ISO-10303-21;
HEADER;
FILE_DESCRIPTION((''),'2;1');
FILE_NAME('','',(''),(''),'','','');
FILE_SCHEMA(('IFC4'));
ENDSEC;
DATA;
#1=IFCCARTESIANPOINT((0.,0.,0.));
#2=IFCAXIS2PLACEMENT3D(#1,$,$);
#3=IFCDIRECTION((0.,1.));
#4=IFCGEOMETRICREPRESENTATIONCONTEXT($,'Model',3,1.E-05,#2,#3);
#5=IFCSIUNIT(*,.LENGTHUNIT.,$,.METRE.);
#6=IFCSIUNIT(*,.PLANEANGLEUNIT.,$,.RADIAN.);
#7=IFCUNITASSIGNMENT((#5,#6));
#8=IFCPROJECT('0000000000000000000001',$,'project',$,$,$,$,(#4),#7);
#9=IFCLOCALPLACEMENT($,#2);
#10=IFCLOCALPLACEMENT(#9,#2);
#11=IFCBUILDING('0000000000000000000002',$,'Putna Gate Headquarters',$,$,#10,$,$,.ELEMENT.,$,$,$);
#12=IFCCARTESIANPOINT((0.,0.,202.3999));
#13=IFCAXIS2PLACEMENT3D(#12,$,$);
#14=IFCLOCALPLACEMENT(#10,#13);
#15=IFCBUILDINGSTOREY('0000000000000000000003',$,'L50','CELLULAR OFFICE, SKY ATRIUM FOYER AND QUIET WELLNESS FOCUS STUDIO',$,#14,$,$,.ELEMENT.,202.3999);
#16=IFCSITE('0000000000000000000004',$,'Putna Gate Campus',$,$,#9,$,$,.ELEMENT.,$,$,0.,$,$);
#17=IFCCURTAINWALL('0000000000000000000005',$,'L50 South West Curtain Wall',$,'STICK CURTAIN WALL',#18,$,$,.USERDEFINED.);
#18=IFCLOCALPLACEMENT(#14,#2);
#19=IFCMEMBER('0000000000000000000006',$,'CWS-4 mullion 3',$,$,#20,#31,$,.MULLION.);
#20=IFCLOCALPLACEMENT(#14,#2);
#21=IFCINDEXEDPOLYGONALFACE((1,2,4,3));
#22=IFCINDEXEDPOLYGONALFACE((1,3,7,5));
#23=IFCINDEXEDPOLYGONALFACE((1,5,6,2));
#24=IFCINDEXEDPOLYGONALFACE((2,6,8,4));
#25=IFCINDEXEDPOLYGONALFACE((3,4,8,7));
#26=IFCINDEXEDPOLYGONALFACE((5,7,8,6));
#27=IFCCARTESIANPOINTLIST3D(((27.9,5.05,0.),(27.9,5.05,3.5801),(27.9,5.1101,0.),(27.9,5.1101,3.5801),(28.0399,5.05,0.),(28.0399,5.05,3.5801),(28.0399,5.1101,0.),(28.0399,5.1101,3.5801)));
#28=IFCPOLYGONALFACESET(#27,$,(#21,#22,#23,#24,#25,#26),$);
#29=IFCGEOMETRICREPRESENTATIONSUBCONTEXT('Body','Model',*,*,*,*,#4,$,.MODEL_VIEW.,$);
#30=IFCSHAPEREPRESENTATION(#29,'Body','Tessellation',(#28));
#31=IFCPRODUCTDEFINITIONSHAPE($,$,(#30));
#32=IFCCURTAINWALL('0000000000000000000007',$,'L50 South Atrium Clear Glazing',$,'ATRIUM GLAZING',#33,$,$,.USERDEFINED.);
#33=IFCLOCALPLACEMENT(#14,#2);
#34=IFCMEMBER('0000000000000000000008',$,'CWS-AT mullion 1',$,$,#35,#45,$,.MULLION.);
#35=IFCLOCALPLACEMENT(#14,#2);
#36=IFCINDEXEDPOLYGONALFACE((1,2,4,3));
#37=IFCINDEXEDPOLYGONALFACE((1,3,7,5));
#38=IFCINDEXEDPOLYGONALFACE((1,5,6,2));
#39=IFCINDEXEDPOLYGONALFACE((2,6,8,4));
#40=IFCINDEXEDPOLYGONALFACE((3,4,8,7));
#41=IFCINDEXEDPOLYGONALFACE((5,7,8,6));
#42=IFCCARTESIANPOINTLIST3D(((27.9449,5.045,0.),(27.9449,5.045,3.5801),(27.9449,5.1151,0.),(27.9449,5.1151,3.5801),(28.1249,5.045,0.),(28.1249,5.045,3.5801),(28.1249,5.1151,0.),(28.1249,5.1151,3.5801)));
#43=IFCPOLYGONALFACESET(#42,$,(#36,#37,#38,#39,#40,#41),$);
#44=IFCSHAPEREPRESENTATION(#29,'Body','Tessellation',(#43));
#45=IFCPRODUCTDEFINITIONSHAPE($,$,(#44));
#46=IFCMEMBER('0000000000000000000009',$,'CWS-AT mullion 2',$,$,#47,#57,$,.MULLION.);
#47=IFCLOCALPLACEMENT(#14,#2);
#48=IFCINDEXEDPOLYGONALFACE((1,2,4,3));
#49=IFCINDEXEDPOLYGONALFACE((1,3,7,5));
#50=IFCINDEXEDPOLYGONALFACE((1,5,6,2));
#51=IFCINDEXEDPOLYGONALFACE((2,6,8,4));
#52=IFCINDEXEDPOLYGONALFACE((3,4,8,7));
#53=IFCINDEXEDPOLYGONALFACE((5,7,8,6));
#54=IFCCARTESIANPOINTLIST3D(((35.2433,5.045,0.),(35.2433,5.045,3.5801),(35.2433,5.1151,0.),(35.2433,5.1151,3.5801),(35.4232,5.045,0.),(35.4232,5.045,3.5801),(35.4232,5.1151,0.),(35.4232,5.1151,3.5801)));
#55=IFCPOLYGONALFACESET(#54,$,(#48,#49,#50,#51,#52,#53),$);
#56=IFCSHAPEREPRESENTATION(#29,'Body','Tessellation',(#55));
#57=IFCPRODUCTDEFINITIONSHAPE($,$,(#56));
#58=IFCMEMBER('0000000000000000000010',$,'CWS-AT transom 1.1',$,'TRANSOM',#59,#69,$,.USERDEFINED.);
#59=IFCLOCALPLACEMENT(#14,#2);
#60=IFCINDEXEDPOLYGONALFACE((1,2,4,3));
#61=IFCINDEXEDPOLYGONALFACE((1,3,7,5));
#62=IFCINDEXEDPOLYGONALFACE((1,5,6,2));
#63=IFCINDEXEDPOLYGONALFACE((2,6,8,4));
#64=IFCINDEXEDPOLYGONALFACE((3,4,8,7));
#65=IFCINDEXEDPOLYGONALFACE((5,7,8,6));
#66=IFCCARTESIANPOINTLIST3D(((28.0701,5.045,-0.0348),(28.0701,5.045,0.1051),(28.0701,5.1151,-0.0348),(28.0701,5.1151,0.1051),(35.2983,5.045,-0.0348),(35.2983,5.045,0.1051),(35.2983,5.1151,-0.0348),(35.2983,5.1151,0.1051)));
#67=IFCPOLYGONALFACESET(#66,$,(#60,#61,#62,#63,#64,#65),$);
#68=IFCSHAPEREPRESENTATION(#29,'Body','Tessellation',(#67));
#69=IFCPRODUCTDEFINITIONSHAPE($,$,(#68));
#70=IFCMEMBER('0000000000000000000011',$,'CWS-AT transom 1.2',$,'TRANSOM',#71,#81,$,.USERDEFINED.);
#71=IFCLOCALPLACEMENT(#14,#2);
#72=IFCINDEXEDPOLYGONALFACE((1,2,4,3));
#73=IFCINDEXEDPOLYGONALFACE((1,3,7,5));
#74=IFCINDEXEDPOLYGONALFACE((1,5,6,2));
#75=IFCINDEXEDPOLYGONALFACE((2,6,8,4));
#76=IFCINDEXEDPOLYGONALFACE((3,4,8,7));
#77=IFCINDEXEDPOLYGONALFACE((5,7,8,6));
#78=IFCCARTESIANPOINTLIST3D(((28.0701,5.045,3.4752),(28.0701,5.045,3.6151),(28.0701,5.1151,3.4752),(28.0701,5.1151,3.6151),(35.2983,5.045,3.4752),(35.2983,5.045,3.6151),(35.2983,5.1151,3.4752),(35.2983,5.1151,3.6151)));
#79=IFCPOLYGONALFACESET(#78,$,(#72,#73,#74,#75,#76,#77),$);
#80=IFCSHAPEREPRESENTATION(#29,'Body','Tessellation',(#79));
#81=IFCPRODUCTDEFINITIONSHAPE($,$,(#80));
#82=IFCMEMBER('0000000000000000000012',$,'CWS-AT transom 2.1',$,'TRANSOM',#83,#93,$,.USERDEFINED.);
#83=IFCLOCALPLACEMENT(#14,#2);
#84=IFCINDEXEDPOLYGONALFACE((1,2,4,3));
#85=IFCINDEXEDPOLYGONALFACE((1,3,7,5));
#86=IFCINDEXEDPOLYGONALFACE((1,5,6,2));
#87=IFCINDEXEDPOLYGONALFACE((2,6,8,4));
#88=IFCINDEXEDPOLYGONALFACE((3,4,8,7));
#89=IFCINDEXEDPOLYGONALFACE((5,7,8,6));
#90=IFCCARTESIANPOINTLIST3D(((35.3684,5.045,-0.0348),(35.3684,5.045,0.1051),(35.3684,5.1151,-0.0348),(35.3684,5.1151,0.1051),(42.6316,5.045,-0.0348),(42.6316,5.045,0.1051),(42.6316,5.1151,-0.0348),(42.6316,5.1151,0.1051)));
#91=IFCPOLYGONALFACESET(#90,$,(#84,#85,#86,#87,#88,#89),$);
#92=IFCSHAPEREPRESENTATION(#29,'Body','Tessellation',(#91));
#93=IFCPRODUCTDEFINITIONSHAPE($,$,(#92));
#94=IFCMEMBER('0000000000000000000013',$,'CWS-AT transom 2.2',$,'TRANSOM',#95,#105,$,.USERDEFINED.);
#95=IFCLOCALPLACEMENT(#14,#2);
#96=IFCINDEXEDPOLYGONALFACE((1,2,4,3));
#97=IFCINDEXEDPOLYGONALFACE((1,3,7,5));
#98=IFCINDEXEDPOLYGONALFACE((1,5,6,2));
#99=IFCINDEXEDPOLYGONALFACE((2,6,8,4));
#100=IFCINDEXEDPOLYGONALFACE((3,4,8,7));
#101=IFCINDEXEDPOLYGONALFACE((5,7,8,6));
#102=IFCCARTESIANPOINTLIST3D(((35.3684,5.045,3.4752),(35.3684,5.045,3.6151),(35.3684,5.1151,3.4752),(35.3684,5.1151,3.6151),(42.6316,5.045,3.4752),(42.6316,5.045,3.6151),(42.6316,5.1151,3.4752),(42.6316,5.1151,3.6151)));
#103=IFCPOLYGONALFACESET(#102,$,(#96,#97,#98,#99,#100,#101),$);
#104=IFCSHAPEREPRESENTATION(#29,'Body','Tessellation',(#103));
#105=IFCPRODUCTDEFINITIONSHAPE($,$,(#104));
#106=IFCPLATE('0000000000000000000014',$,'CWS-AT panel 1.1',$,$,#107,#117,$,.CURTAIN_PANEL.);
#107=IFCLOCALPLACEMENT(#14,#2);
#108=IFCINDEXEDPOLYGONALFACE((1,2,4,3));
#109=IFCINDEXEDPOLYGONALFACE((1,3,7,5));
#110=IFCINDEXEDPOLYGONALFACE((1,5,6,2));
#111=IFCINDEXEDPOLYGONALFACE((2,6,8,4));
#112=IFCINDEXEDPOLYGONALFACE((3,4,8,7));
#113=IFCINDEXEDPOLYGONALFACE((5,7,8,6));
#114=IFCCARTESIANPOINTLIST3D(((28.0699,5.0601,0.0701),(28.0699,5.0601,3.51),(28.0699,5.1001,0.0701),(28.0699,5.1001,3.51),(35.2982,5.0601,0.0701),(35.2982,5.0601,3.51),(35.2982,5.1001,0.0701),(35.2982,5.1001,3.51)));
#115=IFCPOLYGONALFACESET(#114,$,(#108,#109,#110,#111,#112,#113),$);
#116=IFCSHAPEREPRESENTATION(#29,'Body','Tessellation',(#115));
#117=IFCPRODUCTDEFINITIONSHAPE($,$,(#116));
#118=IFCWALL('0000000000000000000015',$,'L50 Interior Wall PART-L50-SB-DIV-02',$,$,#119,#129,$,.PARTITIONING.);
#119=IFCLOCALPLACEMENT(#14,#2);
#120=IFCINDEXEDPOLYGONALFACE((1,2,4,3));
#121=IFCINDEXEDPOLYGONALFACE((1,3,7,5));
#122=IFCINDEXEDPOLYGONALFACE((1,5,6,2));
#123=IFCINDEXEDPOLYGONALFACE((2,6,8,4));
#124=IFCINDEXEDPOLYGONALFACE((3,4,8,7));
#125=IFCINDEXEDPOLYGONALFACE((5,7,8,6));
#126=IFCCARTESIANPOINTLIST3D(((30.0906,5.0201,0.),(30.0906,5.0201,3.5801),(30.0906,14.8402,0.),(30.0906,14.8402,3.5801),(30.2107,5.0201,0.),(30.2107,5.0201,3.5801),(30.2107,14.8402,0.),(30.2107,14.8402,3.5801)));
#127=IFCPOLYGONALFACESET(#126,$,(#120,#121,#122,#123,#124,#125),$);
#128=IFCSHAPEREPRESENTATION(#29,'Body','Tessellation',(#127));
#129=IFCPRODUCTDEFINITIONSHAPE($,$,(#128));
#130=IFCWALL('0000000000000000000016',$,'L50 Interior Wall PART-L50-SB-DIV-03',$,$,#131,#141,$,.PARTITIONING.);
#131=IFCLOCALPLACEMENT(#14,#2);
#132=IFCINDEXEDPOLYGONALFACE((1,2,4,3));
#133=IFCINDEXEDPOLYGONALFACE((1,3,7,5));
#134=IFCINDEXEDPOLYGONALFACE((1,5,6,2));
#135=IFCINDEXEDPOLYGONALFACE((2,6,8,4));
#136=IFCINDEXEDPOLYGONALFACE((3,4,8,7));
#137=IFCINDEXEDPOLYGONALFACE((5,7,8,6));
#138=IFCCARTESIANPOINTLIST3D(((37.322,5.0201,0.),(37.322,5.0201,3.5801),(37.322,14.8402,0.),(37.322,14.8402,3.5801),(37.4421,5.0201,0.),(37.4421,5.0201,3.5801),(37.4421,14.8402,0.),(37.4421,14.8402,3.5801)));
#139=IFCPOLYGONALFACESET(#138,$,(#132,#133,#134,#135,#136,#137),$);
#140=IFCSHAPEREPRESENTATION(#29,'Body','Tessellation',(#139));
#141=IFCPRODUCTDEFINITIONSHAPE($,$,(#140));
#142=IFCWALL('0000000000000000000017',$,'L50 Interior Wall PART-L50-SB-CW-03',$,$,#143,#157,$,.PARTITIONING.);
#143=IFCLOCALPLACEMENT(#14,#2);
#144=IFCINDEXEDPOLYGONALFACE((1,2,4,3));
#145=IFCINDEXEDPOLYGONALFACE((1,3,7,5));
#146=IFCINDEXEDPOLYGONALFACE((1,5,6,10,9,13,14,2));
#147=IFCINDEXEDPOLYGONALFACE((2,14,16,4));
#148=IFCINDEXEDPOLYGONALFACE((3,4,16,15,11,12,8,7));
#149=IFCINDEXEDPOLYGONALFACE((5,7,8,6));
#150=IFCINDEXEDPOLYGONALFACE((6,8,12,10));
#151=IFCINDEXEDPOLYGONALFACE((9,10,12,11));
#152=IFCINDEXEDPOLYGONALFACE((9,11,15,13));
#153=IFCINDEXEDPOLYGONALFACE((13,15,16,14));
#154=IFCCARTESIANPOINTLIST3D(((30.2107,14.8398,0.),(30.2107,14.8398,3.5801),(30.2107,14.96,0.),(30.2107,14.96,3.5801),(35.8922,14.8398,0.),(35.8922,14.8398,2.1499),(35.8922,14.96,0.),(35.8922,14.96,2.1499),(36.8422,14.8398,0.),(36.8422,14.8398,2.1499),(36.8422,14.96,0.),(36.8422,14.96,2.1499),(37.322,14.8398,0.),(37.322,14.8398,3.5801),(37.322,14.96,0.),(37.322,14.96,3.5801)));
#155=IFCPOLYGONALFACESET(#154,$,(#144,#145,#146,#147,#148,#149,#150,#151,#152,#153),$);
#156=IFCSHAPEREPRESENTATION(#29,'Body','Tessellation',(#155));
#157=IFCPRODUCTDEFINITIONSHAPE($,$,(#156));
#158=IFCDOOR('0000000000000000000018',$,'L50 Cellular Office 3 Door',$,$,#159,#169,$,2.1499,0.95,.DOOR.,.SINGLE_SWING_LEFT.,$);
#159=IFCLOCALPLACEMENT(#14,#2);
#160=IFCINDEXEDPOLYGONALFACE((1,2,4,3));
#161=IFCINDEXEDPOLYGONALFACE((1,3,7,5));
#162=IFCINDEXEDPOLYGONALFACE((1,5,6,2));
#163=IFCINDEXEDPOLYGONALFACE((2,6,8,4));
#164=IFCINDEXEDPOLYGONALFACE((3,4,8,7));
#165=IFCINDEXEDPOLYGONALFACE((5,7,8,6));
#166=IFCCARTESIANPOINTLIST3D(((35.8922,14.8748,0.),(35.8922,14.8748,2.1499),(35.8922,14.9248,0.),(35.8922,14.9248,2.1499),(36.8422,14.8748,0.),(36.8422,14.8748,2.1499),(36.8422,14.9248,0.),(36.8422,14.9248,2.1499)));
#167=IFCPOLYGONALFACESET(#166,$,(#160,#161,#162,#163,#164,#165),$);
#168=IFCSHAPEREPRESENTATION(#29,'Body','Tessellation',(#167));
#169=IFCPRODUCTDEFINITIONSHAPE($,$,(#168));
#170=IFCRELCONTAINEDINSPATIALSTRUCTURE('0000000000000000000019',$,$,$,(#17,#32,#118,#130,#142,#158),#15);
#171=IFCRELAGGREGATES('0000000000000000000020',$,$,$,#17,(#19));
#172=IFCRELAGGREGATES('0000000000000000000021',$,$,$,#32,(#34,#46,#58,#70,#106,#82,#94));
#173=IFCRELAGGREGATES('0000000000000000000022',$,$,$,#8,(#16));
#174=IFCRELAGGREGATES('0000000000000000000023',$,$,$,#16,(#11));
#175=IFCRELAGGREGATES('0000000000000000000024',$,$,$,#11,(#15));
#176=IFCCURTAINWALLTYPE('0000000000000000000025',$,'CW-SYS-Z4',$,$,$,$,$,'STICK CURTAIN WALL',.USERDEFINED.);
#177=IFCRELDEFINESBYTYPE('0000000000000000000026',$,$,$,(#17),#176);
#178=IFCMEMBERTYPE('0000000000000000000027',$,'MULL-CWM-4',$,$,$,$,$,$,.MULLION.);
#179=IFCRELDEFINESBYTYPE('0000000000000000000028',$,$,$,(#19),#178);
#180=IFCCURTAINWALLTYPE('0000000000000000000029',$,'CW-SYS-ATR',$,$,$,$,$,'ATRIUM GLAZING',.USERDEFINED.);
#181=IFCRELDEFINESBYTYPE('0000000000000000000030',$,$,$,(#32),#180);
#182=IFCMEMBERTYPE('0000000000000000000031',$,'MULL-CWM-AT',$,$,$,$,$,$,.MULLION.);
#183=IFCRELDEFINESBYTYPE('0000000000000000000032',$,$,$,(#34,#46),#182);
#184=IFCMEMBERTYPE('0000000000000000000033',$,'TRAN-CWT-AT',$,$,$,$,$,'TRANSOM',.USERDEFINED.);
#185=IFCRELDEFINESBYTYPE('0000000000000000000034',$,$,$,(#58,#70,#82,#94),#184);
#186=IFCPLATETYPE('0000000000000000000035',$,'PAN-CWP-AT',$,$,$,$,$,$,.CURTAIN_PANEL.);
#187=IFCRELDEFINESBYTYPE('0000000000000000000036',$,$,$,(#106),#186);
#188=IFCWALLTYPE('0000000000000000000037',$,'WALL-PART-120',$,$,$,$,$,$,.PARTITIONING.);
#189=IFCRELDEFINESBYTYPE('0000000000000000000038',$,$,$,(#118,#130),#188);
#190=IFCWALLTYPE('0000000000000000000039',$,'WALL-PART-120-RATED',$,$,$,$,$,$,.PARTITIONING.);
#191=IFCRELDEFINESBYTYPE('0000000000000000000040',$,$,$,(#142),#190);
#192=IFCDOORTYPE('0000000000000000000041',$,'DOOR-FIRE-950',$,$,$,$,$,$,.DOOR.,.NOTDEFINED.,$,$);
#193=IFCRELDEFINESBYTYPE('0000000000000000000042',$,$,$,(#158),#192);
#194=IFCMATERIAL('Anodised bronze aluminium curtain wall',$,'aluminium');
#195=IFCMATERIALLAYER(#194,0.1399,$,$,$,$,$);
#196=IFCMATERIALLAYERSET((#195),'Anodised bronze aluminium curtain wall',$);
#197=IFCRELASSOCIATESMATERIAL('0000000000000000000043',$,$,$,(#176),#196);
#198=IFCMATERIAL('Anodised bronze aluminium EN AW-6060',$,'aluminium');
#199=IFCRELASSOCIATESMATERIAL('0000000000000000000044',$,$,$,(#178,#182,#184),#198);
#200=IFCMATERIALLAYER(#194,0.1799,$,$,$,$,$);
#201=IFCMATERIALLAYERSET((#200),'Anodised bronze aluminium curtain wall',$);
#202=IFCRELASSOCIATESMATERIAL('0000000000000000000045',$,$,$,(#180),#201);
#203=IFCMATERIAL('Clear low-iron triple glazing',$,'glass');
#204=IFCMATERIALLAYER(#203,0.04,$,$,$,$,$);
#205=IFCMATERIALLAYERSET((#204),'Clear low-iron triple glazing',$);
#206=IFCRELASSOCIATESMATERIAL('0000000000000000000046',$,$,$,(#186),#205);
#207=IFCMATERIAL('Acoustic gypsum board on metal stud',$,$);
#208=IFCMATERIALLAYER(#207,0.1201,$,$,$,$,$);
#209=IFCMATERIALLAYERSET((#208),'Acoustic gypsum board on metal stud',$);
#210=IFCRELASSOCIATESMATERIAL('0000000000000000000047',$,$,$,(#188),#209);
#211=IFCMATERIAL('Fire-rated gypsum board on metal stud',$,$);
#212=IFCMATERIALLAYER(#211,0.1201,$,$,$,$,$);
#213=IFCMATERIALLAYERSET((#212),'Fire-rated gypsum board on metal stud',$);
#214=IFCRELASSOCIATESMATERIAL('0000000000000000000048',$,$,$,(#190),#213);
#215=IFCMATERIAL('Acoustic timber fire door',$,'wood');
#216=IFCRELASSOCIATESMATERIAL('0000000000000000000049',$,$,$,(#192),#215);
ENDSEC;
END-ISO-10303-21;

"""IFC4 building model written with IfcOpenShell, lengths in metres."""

from ifc_helpers import new_model, si_unit, direction, frame, frame_2d, origin, origin_2d, place, context, subcontext, project, spatial, rectangle, extrude, material, layer, layer_set, material_profile, profile_set, type_object, element, fill, aggregate, save


model = new_model("IFC4")

# Units and contexts
model_context = context("Model", 3, precision=1e-05, world=origin(), true_north=direction((0.0, 1.0)))
body_context = subcontext(model_context, "Body", "Model", "MODEL_VIEW")
ifc_project = project(units=[si_unit("LENGTHUNIT", "METRE"), si_unit("PLANEANGLEUNIT", "RADIAN")], contexts=[model_context])

# Site, building, storey
site_placement = place(None, origin())
site = spatial("IfcSite", under=ifc_project, at=site_placement, Name="Putna Gate Campus", CompositionType="ELEMENT", RefElevation=0.0)
building_placement = place(site_placement, origin())
building = spatial("IfcBuilding", under=site, at=building_placement, Name="Putna Gate Headquarters", CompositionType="ELEMENT")
storey_placement = place(building_placement, frame((0.0, 0.0, 202.3999)))
storey = spatial("IfcBuildingStorey", under=building, at=storey_placement, Name="L50", Description="CELLULAR OFFICE, SKY ATRIUM FOYER AND QUIET WELLNESS FOCUS STUDIO", CompositionType="ELEMENT", Elevation=202.3999)

# Curtain wall, member
ifc_material_1 = material(Name="Anodised bronze aluminium curtain wall", Category="aluminium")
ifc_layer_1 = layer(ifc_material_1, 0.1399)
ifc_layer_set_1 = layer_set([ifc_layer_1], Name="Anodised bronze aluminium curtain wall")
curtain_wall_type_1 = type_object("IfcCurtainWallType", Name="CW-SYS-Z4", ElementType="STICK CURTAIN WALL", PredefinedType="USERDEFINED", material=ifc_layer_set_1)
curtain_wall_1_placement = place(storey_placement, origin())
curtain_wall_1 = element("IfcCurtainWall", 1, at=curtain_wall_1_placement, inside=storey, type_object=curtain_wall_type_1, Name="L50 South West Curtain Wall", ObjectType="STICK CURTAIN WALL", PredefinedType="USERDEFINED")
ifc_material_2 = material(Name="Anodised bronze aluminium EN AW-6060", Category="aluminium")
ifc_material_profile_1 = material_profile(ifc_material_2, rectangle(XDim=0.0601, YDim=0.1399, at=origin_2d()), Name="Anodised bronze aluminium EN AW-6060")
ifc_profile_set_1 = profile_set([ifc_material_profile_1], Name="Anodised bronze aluminium EN AW-6060")
member_type_1 = type_object("IfcMemberType", Name="MULL-CWM-4", PredefinedType="MULLION", material=ifc_profile_set_1)
member_1_placement = place(storey_placement, frame((27.97, 5.0801, 0.0), z_axis=(0.0, 0.0, 1.0), x_axis=(0.0, 1.0, 0.0)))
member_1 = element("IfcMember", 2, at=member_1_placement, type_object=member_type_1, Name="CWS-4 mullion 3", PredefinedType="MULLION", context=body_context, shape_type="SweptSolid", body=[
    extrude(rectangle(XDim=0.0601, YDim=0.1399, at=origin_2d()), origin(), (0.0, 0.0, 1.0), 3.5801),
])
aggregate(curtain_wall_1, [member_1])

# Curtain wall, members, plate
ifc_layer_2 = layer(ifc_material_1, 0.1799)
ifc_layer_set_2 = layer_set([ifc_layer_2], Name="Anodised bronze aluminium curtain wall")
curtain_wall_type_2 = type_object("IfcCurtainWallType", Name="CW-SYS-ATR", ElementType="ATRIUM GLAZING", PredefinedType="USERDEFINED", material=ifc_layer_set_2)
curtain_wall_2_placement = place(storey_placement, origin())
curtain_wall_2 = element("IfcCurtainWall", 3, at=curtain_wall_2_placement, inside=storey, type_object=curtain_wall_type_2, Name="L50 South Atrium Clear Glazing", ObjectType="ATRIUM GLAZING", PredefinedType="USERDEFINED")
ifc_material_profile_2 = material_profile(ifc_material_2, rectangle(XDim=0.0701, YDim=0.1799, at=origin_2d()), Name="Anodised bronze aluminium EN AW-6060")
ifc_profile_set_2 = profile_set([ifc_material_profile_2], Name="Anodised bronze aluminium EN AW-6060")
member_type_2 = type_object("IfcMemberType", Name="MULL-CWM-AT", PredefinedType="MULLION", material=ifc_profile_set_2)
member_2_placement = place(storey_placement, frame((28.0349, 5.0801, 0.0), z_axis=(0.0, 0.0, 1.0), x_axis=(0.0, 1.0, 0.0)))
member_2 = element("IfcMember", 4, at=member_2_placement, type_object=member_type_2, Name="CWS-AT mullion 1", PredefinedType="MULLION", context=body_context, shape_type="SweptSolid", body=[
    extrude(rectangle(XDim=0.0701, YDim=0.1799, at=origin_2d()), origin(), (0.0, 0.0, 1.0), 3.5801),
])
member_3_placement = place(storey_placement, frame((35.3333, 5.0801, 0.0), z_axis=(0.0, 0.0, 1.0), x_axis=(0.0, 1.0, 0.0)))
member_3 = element("IfcMember", 5, at=member_3_placement, type_object=member_type_2, Name="CWS-AT mullion 2", PredefinedType="MULLION", context=body_context, shape_type="SweptSolid", body=[
    extrude(rectangle(XDim=0.0701, YDim=0.1799, at=origin_2d()), origin(), (0.0, 0.0, 1.0), 3.5801),
])
ifc_material_profile_3 = material_profile(ifc_material_2, rectangle(XDim=0.0701, YDim=0.1399, at=origin_2d()), Name="Anodised bronze aluminium EN AW-6060")
ifc_profile_set_3 = profile_set([ifc_material_profile_3], Name="Anodised bronze aluminium EN AW-6060")
member_type_3 = type_object("IfcMemberType", Name="TRAN-CWT-AT", ElementType="TRANSOM", PredefinedType="USERDEFINED", material=ifc_profile_set_3)
member_4_placement = place(storey_placement, frame((28.0701, 5.0801, 0.0352), z_axis=(1.0, 0.0, 0.0), x_axis=(0.0, 1.0, 0.0)))
member_4 = element("IfcMember", 6, at=member_4_placement, type_object=member_type_3, Name="CWS-AT transom 1.1", ObjectType="TRANSOM", PredefinedType="USERDEFINED", context=body_context, shape_type="SweptSolid", body=[
    extrude(rectangle(XDim=0.0701, YDim=0.1399, at=origin_2d()), origin(), (0.0, 0.0, 1.0), 7.2283),
])
member_5_placement = place(storey_placement, frame((28.0701, 5.0801, 3.5452), z_axis=(1.0, 0.0, 0.0), x_axis=(0.0, 1.0, 0.0)))
member_5 = element("IfcMember", 7, at=member_5_placement, type_object=member_type_3, Name="CWS-AT transom 1.2", ObjectType="TRANSOM", PredefinedType="USERDEFINED", context=body_context, shape_type="SweptSolid", body=[
    extrude(rectangle(XDim=0.0701, YDim=0.1399, at=origin_2d()), origin(), (0.0, 0.0, 1.0), 7.2283),
])
member_6_placement = place(storey_placement, frame((35.3684, 5.0801, 0.0352), z_axis=(1.0, 0.0, 0.0), x_axis=(0.0, 1.0, 0.0)))
member_6 = element("IfcMember", 8, at=member_6_placement, type_object=member_type_3, Name="CWS-AT transom 2.1", ObjectType="TRANSOM", PredefinedType="USERDEFINED", context=body_context, shape_type="SweptSolid", body=[
    extrude(rectangle(XDim=0.0701, YDim=0.1399, at=origin_2d()), origin(), (0.0, 0.0, 1.0), 7.2632),
])
member_7_placement = place(storey_placement, frame((35.3684, 5.0801, 3.5452), z_axis=(1.0, 0.0, 0.0), x_axis=(0.0, 1.0, 0.0)))
member_7 = element("IfcMember", 9, at=member_7_placement, type_object=member_type_3, Name="CWS-AT transom 2.2", ObjectType="TRANSOM", PredefinedType="USERDEFINED", context=body_context, shape_type="SweptSolid", body=[
    extrude(rectangle(XDim=0.0701, YDim=0.1399, at=origin_2d()), origin(), (0.0, 0.0, 1.0), 7.2632),
])
ifc_material_3 = material(Name="Clear low-iron triple glazing", Category="glass")
ifc_layer_3 = layer(ifc_material_3, 0.04)
ifc_layer_set_3 = layer_set([ifc_layer_3], Name="Clear low-iron triple glazing")
plate_type = type_object("IfcPlateType", Name="PAN-CWP-AT", PredefinedType="CURTAIN_PANEL", material=ifc_layer_set_3)
plate_placement = place(storey_placement, frame((31.6841, 5.0801, 0.0701), z_axis=(0.0, 0.0, 1.0), x_axis=(1.0, 0.0, 0.0)))
plate = element("IfcPlate", 10, at=plate_placement, type_object=plate_type, Name="CWS-AT panel 1.1", PredefinedType="CURTAIN_PANEL", context=body_context, shape_type="SweptSolid", body=[
    extrude(rectangle(XDim=7.2283, YDim=0.04, at=origin_2d()), origin(), (0.0, 0.0, 1.0), 3.4399),
])
aggregate(curtain_wall_2, [member_2, member_3, member_4, member_5, plate, member_6, member_7])

# Walls
ifc_material_4 = material(Name="Acoustic gypsum board on metal stud")
ifc_layer_4 = layer(ifc_material_4, 0.1201)
ifc_layer_set_4 = layer_set([ifc_layer_4], Name="Acoustic gypsum board on metal stud")
wall_type_1 = type_object("IfcWallType", Name="WALL-PART-120", PredefinedType="PARTITIONING", material=ifc_layer_set_4)
for number, where, z_axis, x_axis, name in (
    (11, (30.1506, 5.02, 0.0), (0.0, 0.0, 1.0), (0.0, 1.0, 0.0), "L50 Interior Wall PART-L50-SB-DIV-02"),
    (12, (37.3821, 5.02, 0.0), (0.0, 0.0, 1.0), (0.0, 1.0, 0.0), "L50 Interior Wall PART-L50-SB-DIV-03"),
):
    element("IfcWall", number, at=place(storey_placement, frame(where, z_axis=z_axis, x_axis=x_axis)), inside=storey, type_object=wall_type_1, Name=name, PredefinedType="PARTITIONING", context=body_context, shape_type="SweptSolid", body=[
        extrude(rectangle(XDim=9.8201, YDim=0.1201, at=frame_2d((4.9102, 0.0))), origin(), (0.0, 0.0, 1.0), 3.5801),
    ])

# Wall, opening, door
ifc_material_5 = material(Name="Fire-rated gypsum board on metal stud")
ifc_layer_5 = layer(ifc_material_5, 0.1201)
ifc_layer_set_5 = layer_set([ifc_layer_5], Name="Fire-rated gypsum board on metal stud")
wall_type_2 = type_object("IfcWallType", Name="WALL-PART-120-RATED", PredefinedType="PARTITIONING", material=ifc_layer_set_5)
wall_1_placement = place(storey_placement, frame((30.2107, 14.8999, 0.0), z_axis=(0.0, 0.0, 1.0), x_axis=(1.0, 0.0, 0.0)))
wall_1 = element("IfcWall", 13, at=wall_1_placement, inside=storey, type_object=wall_type_2, Name="L50 Interior Wall PART-L50-SB-CW-03", PredefinedType="PARTITIONING", context=body_context, shape_type="SweptSolid", body=[
    extrude(rectangle(XDim=7.1113, YDim=0.1201, at=frame_2d((3.5557, 0.0))), origin(), (0.0, 0.0, 1.0), 3.5801),
])
opening_1_placement = place(wall_1_placement, frame((5.6814, 0.0, 0.0)))
opening_1 = element("IfcOpeningElement", 14, at=opening_1_placement, cuts=wall_1, PredefinedType="OPENING", context=body_context, shape_type="SweptSolid", body=[
    extrude(rectangle(XDim=0.95, YDim=2.1499, at=frame_2d((0.4751, 1.075))), frame((0.0, 0.0701, 0.0), z_axis=(0.0, -1.0, 0.0), x_axis=(1.0, 0.0, 0.0)), (0.0, 0.0, 1.0), 0.1401),
])
ifc_material_6 = material(Name="Acoustic timber fire door", Category="wood")
door_type = type_object("IfcDoorType", Name="DOOR-FIRE-950", OperationType="NOTDEFINED", PredefinedType="DOOR", material=ifc_material_6)
door_1_placement = place(opening_1_placement, origin())
door_1 = element("IfcDoor", 15, at=door_1_placement, inside=storey, type_object=door_type, Name="L50 Cellular Office 3 Door", OperationType="SINGLE_SWING_LEFT", OverallHeight=2.1499, OverallWidth=0.95, PredefinedType="DOOR", context=body_context, shape_type="SweptSolid", body=[
    extrude(rectangle(XDim=0.95, YDim=2.1499, at=frame_2d((0.4751, 1.075))), frame((0.0, 0.0249, 0.0), z_axis=(0.0, -1.0, 0.0), x_axis=(1.0, 0.0, 0.0)), (0.0, 0.0, 1.0), 0.05),
])
fill(opening_1, door_1)

save(model, "model.ifc")
